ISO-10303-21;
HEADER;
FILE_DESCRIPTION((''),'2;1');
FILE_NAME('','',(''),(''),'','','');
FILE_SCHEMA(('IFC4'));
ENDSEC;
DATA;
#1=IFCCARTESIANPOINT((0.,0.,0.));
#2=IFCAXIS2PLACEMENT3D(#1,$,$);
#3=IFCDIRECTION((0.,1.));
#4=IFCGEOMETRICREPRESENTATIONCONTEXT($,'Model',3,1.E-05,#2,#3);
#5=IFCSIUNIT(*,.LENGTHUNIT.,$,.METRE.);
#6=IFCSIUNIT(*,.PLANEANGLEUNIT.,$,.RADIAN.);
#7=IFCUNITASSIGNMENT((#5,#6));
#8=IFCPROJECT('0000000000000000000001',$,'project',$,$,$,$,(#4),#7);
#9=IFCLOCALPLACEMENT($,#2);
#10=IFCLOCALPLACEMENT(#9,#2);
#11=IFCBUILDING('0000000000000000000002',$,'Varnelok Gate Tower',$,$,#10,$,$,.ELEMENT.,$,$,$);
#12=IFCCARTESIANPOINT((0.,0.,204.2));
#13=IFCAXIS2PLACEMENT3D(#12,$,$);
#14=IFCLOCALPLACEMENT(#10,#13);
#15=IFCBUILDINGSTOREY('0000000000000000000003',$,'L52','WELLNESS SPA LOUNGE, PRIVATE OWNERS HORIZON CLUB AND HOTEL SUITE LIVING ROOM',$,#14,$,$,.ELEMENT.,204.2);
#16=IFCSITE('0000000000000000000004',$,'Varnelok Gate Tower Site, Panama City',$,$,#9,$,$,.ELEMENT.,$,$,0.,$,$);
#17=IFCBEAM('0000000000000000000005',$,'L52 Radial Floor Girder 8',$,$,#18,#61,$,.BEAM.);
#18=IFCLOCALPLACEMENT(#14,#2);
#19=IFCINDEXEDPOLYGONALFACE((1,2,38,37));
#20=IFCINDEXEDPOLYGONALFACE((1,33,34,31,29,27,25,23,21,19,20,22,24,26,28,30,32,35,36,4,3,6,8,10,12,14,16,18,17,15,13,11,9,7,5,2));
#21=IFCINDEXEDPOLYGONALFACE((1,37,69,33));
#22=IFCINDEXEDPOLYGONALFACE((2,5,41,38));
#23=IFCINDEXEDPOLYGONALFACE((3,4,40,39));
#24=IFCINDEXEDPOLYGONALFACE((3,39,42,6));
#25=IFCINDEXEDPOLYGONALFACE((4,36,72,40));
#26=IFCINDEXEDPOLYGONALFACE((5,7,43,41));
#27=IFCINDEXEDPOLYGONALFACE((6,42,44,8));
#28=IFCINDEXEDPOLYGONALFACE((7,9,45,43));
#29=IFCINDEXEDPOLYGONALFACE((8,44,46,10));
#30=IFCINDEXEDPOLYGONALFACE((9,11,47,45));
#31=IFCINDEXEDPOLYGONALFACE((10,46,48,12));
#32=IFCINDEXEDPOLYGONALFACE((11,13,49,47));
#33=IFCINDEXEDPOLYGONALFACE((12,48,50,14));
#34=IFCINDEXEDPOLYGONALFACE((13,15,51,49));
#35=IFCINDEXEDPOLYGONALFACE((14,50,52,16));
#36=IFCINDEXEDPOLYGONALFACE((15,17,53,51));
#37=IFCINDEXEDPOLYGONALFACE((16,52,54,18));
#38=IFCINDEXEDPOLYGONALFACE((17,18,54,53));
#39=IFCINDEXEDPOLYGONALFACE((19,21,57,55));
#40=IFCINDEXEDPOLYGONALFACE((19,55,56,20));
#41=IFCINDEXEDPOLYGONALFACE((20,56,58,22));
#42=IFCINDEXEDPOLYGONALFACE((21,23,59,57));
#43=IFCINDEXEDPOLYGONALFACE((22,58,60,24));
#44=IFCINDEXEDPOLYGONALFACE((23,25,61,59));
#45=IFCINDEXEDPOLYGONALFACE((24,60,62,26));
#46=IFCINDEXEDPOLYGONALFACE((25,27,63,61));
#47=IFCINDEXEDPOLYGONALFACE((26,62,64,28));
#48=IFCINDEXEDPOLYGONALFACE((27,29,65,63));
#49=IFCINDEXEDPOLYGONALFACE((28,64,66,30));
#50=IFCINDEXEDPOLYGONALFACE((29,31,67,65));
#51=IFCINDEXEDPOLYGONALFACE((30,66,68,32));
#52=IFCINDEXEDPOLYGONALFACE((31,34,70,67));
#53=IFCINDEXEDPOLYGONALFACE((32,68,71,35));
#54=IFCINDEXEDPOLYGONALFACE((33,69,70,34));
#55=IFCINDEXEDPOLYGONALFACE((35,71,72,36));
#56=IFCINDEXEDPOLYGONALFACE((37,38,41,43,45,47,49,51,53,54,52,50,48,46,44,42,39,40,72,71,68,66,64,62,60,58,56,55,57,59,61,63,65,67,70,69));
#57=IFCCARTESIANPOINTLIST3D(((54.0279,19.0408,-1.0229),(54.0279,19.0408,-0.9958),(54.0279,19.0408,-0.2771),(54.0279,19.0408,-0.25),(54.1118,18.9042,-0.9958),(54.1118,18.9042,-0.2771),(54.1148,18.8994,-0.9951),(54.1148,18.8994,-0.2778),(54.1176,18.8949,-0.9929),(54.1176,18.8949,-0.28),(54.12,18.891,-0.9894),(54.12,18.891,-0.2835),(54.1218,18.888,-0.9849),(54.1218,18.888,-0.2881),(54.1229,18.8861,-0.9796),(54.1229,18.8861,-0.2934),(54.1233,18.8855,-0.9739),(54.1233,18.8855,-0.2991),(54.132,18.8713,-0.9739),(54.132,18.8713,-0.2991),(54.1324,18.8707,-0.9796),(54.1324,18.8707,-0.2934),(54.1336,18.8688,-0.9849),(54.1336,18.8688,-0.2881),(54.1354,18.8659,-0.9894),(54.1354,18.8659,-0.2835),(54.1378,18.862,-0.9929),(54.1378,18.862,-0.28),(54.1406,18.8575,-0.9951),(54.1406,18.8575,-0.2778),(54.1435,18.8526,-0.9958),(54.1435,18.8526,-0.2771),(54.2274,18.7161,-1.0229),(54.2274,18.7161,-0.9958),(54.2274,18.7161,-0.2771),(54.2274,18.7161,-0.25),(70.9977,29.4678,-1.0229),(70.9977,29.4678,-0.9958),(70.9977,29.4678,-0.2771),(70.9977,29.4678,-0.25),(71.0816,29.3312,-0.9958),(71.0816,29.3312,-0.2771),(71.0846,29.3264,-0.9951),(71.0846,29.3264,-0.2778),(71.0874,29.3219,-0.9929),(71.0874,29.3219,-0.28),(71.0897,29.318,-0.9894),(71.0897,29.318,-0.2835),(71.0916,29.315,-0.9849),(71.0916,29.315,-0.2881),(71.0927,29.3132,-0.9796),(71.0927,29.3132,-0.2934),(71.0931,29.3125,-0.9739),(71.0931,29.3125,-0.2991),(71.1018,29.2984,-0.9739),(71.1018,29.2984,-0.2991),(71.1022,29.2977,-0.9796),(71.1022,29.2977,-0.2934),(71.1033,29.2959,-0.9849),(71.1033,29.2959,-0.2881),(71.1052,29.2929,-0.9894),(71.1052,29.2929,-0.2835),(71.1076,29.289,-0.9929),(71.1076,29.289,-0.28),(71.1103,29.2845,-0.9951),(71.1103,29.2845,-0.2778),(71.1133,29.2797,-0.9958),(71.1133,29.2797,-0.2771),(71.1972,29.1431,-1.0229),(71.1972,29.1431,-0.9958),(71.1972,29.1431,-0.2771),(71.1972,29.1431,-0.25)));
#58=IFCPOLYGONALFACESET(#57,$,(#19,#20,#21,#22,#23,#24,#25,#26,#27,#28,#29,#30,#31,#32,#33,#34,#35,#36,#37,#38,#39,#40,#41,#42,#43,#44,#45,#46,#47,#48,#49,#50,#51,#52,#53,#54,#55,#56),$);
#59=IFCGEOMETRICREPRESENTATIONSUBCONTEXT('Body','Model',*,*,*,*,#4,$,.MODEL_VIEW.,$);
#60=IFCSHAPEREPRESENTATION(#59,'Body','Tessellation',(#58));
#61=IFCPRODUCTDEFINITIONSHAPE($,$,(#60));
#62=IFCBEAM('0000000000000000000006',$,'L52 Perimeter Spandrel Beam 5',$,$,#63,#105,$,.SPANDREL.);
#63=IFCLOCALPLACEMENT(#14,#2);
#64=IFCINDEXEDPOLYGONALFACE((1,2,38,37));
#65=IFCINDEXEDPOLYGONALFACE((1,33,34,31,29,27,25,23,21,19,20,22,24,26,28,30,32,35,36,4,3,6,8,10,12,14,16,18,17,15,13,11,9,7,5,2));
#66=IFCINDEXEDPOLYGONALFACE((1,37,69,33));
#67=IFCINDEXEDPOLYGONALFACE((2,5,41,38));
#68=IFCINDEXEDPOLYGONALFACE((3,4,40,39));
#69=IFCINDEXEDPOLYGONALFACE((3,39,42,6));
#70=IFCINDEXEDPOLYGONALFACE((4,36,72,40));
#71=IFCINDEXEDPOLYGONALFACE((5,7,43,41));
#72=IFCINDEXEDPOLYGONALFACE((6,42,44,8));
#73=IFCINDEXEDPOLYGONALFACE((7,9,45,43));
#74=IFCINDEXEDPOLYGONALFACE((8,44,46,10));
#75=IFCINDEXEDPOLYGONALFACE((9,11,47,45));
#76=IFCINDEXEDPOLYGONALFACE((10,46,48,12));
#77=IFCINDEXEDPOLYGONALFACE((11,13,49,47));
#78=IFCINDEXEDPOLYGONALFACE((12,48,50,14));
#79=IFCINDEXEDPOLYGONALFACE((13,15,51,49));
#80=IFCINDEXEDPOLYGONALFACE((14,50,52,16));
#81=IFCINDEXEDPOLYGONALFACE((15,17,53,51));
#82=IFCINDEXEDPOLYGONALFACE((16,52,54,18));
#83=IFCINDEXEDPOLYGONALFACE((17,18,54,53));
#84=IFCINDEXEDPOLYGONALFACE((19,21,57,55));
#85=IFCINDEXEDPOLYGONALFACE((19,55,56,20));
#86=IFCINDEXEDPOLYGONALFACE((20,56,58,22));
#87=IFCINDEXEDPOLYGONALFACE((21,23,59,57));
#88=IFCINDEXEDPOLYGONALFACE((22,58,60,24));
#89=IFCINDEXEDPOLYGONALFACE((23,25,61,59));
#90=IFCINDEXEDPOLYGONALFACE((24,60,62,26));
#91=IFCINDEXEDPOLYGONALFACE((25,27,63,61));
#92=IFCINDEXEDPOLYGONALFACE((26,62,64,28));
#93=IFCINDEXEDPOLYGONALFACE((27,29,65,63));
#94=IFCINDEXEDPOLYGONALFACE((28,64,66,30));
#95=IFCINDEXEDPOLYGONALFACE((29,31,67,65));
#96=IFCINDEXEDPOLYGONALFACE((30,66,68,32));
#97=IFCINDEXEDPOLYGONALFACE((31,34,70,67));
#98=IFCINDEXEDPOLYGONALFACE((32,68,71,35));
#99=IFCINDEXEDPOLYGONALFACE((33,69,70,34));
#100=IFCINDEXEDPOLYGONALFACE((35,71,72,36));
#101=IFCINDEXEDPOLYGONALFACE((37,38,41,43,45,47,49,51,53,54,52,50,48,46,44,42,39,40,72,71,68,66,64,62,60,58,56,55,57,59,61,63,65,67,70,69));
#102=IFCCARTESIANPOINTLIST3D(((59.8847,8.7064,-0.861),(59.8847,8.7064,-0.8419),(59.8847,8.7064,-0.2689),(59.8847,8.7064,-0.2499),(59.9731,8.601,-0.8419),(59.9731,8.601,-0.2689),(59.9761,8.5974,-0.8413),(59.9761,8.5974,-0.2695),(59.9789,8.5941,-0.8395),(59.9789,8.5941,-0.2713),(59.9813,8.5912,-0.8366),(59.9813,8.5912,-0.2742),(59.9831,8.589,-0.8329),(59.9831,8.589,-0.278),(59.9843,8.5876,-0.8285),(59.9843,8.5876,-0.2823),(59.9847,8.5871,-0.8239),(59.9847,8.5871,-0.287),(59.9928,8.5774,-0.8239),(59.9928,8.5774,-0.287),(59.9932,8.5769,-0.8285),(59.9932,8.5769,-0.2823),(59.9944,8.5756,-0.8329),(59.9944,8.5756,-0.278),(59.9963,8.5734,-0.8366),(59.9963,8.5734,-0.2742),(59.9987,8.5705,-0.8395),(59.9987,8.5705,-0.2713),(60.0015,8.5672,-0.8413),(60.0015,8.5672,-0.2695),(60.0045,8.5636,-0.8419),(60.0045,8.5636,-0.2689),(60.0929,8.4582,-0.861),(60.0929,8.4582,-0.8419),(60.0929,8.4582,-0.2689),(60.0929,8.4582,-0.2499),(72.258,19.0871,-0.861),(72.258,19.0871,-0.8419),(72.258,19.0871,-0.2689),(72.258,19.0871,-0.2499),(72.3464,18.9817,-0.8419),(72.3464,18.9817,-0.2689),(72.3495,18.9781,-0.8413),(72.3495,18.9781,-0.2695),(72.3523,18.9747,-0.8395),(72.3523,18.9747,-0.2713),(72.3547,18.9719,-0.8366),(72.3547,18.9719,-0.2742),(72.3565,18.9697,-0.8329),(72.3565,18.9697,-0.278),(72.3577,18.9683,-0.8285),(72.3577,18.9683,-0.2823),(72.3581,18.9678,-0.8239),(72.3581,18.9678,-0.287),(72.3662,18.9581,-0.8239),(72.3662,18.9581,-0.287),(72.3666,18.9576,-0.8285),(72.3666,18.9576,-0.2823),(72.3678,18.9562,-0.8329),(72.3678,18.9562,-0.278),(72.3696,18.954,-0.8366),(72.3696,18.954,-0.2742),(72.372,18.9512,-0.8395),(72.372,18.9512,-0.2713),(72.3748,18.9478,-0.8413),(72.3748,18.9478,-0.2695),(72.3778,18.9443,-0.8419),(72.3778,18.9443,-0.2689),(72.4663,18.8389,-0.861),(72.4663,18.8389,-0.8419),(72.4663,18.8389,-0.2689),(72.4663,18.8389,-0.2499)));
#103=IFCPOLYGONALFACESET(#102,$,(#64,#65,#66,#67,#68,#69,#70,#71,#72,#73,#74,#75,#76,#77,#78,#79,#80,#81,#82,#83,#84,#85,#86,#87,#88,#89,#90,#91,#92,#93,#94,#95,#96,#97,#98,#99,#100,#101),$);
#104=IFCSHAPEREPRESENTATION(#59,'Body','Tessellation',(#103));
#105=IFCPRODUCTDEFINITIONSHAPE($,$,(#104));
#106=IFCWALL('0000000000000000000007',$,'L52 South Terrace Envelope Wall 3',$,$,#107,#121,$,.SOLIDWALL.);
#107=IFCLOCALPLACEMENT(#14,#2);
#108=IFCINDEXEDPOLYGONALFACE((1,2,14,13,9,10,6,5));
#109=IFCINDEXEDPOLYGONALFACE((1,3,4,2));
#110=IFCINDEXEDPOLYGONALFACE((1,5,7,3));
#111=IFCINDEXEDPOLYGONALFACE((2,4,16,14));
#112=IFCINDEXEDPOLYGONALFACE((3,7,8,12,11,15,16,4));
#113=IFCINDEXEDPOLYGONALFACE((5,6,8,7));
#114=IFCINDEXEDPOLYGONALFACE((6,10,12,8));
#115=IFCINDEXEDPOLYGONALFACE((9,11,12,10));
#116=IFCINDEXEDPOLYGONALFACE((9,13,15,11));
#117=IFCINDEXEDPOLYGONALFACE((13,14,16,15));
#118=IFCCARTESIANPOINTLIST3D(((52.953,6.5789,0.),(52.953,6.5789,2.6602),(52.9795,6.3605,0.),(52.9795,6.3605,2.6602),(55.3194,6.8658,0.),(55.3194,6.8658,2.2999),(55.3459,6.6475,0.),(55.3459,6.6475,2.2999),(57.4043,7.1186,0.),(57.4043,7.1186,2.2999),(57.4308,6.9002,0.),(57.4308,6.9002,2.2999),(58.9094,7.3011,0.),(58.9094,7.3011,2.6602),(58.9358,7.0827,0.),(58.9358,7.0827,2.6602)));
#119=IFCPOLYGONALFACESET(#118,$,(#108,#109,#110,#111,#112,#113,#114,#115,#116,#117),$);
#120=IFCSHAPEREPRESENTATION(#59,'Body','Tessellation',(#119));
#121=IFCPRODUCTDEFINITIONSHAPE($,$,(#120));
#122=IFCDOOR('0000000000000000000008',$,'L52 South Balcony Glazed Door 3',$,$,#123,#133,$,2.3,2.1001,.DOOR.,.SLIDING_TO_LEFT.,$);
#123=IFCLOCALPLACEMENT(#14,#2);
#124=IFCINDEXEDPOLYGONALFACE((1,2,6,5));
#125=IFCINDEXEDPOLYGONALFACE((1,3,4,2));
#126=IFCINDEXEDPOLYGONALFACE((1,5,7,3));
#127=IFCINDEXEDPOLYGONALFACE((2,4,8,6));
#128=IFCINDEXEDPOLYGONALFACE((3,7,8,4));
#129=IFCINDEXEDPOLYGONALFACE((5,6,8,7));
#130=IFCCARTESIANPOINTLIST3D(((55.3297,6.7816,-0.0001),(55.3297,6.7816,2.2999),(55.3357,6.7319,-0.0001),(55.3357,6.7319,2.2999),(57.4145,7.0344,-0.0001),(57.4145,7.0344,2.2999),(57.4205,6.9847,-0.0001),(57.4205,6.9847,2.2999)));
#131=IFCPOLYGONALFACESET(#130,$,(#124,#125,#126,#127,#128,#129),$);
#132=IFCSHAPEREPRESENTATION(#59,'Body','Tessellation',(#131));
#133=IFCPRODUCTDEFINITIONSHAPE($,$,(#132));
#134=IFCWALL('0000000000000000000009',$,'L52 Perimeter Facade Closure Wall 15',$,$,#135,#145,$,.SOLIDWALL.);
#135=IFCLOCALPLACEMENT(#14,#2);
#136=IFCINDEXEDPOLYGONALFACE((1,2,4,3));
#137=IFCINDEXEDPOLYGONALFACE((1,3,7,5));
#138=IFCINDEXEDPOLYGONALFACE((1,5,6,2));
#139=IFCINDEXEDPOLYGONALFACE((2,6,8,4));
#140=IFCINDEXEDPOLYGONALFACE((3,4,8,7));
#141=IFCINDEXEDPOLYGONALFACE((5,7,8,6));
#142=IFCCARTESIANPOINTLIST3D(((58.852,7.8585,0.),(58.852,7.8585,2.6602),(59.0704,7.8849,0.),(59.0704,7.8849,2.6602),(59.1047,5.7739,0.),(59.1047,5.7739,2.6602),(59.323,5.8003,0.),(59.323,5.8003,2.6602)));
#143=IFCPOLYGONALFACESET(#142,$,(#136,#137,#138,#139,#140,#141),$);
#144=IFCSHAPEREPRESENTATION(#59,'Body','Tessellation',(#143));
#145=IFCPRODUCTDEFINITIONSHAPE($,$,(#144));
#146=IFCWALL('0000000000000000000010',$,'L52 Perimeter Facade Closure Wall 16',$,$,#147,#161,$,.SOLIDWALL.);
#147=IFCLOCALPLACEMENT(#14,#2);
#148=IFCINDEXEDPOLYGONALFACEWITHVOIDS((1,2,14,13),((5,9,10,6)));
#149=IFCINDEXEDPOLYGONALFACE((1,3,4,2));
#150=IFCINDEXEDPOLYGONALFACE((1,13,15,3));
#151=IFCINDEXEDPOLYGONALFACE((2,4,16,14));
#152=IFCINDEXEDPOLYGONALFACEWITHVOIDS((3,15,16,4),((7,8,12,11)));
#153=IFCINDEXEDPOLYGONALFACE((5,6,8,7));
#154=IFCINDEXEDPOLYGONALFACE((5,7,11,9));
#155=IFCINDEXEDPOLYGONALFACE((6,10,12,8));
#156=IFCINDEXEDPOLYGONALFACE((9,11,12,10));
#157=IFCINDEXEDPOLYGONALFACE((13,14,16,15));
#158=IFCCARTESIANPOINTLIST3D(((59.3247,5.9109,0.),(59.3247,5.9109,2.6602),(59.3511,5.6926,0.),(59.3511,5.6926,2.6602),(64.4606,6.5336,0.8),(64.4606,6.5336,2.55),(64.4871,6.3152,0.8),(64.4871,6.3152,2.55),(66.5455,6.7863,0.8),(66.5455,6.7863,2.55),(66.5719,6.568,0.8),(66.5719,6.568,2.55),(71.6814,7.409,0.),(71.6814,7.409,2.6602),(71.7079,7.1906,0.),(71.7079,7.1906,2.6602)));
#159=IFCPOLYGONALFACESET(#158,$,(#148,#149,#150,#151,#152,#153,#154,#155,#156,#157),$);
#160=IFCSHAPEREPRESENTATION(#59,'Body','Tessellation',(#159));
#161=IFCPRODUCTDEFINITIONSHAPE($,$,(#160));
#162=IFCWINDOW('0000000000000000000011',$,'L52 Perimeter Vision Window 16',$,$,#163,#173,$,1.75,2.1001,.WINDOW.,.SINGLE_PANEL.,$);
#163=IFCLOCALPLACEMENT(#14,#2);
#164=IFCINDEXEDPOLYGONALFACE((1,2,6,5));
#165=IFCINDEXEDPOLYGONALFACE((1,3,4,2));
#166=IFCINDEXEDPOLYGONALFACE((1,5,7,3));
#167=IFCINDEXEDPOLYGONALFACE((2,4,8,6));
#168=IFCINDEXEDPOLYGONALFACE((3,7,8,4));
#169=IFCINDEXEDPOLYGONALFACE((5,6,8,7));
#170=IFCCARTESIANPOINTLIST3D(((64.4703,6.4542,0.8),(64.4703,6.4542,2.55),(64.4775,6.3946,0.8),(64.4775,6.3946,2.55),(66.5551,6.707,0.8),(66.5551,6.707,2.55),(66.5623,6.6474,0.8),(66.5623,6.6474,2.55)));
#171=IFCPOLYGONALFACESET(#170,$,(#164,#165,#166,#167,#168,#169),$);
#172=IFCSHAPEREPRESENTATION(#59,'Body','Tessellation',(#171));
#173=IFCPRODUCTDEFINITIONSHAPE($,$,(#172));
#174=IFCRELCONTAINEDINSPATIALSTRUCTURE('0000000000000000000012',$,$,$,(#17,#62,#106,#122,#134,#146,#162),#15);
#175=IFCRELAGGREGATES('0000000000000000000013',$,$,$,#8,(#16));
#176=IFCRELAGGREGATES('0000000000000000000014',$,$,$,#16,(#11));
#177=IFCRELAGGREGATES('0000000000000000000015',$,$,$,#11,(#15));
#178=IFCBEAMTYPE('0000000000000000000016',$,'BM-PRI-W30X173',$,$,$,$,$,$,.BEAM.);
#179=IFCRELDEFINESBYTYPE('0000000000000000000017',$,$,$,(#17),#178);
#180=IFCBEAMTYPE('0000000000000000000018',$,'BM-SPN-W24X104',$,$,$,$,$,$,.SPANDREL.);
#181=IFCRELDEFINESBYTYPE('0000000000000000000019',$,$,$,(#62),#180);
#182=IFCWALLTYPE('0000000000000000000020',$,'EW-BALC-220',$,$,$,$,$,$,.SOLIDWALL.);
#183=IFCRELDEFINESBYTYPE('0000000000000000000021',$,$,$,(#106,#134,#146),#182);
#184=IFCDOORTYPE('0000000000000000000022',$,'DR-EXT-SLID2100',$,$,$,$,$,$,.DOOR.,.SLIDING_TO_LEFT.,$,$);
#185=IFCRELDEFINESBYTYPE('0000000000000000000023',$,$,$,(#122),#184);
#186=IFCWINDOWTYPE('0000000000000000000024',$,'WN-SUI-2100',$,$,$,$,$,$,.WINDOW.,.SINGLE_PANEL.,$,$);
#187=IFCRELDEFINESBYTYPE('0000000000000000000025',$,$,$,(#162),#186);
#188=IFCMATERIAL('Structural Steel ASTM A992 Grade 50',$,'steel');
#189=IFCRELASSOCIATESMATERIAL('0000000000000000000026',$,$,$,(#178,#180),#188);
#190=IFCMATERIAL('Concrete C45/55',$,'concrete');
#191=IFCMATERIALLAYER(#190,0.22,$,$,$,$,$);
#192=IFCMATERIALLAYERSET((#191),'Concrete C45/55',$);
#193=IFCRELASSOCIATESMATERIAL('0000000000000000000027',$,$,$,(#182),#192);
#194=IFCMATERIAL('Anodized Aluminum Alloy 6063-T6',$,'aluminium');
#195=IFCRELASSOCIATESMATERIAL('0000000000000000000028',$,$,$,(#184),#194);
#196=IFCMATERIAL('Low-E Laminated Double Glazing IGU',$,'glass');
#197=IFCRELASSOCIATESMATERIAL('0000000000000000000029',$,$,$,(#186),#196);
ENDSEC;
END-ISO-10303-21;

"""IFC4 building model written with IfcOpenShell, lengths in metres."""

from ifc_helpers import new_model, si_unit, direction, frame, frame_2d, origin, origin_2d, place, context, subcontext, project, spatial, rectangle, i_section, extrude, material, layer, layer_set, material_profile, profile_set, type_object, element, fill, save


model = new_model("IFC4")

# Units and contexts
model_context = context("Model", 3, precision=1e-05, world=origin(), true_north=direction((0.0, 1.0)))
body_context = subcontext(model_context, "Body", "Model", "MODEL_VIEW")
ifc_project = project(units=[si_unit("LENGTHUNIT", "METRE"), si_unit("PLANEANGLEUNIT", "RADIAN")], contexts=[model_context])

# Site, building, storey
site_placement = place(None, origin())
site = spatial("IfcSite", under=ifc_project, at=site_placement, Name="Varnelok Gate Tower Site, Panama City", CompositionType="ELEMENT", RefElevation=0.0)
building_placement = place(site_placement, origin())
building = spatial("IfcBuilding", under=site, at=building_placement, Name="Varnelok Gate Tower", CompositionType="ELEMENT")
storey_placement = place(building_placement, frame((0.0, 0.0, 204.2)))
storey = spatial("IfcBuildingStorey", under=building, at=storey_placement, Name="L52", Description="WELLNESS SPA LOUNGE, PRIVATE OWNERS HORIZON CLUB AND HOTEL SUITE LIVING ROOM", CompositionType="ELEMENT", Elevation=204.2)

# Shared definitions
ifc_material_1 = material(Name="Structural Steel ASTM A992 Grade 50", Category="steel")

# Beams
ifc_material_profile_1 = material_profile(ifc_material_1, i_section(OverallWidth=0.3811, OverallDepth=0.7729, WebThickness=0.0166, FlangeThickness=0.0271, FilletRadius=0.022, at=origin_2d()), Name="W30X173")
ifc_profile_set_1 = profile_set([ifc_material_profile_1], Name="Structural Steel ASTM A992 Grade 50")
beam_type_1 = type_object("IfcBeamType", Name="BM-PRI-W30X173", PredefinedType="BEAM", material=ifc_profile_set_1)
beam_1_placement = place(storey_placement, frame((54.1277, 18.8784, -0.6365), z_axis=(0.852015, 0.523518, 0.0), x_axis=(-0.523518, 0.852015, 0.0)))
element("IfcBeam", 1, at=beam_1_placement, inside=storey, type_object=beam_type_1, Name="L52 Radial Floor Girder 8", PredefinedType="BEAM", context=body_context, shape_type="SweptSolid", body=[
    extrude(i_section(OverallWidth=0.3811, OverallDepth=0.7729, WebThickness=0.0166, FlangeThickness=0.0271, FilletRadius=0.022, at=origin_2d()), origin(), (0.0, 0.0, 1.0), 19.9172),
])
ifc_material_profile_2 = material_profile(ifc_material_1, i_section(OverallWidth=0.324, OverallDepth=0.6111, WebThickness=0.0127, FlangeThickness=0.019, FilletRadius=0.0181, at=origin_2d()), Name="W24X104")
ifc_profile_set_2 = profile_set([ifc_material_profile_2], Name="Structural Steel ASTM A992 Grade 50")
beam_type_2 = type_object("IfcBeamType", Name="BM-SPN-W24X104", PredefinedType="SPANDREL", material=ifc_profile_set_2)
beam_2_placement = place(storey_placement, frame((59.9888, 8.5823, -0.5554), z_axis=(0.7661, 0.642722, 0.0), x_axis=(-0.642722, 0.7661, 0.0)))
element("IfcBeam", 2, at=beam_2_placement, inside=storey, type_object=beam_type_2, Name="L52 Perimeter Spandrel Beam 5", PredefinedType="SPANDREL", context=body_context, shape_type="SweptSolid", body=[
    extrude(i_section(OverallWidth=0.324, OverallDepth=0.6111, WebThickness=0.0127, FlangeThickness=0.019, FilletRadius=0.0181, at=origin_2d()), origin(), (0.0, 0.0, 1.0), 16.1511),
])

# Wall, opening, door
ifc_material_2 = material(Name="Concrete C45/55", Category="concrete")
ifc_layer_1 = layer(ifc_material_2, 0.22)
ifc_layer_set_1 = layer_set([ifc_layer_1], Name="Concrete C45/55")
wall_type_1 = type_object("IfcWallType", Name="EW-BALC-220", PredefinedType="SOLIDWALL", material=ifc_layer_set_1)
wall_1_placement = place(storey_placement, frame((58.9226, 7.1919, 0.0), z_axis=(0.0, 0.0, 1.0), x_axis=(-0.99273, -0.120363, 0.0)))
wall_1 = element("IfcWall", 3, at=wall_1_placement, inside=storey, type_object=wall_type_1, Name="L52 South Terrace Envelope Wall 3", PredefinedType="SOLIDWALL", context=body_context, shape_type="SweptSolid", body=[
    extrude(rectangle(XDim=6.0, YDim=0.22, at=frame_2d((3.0, 0.0))), origin(), (0.0, 0.0, 1.0), 2.6602),
])
opening_1_placement = place(wall_1_placement, frame((1.5161, 0.0, 0.0)))
opening_1 = element("IfcOpeningElement", 4, at=opening_1_placement, cuts=wall_1, PredefinedType="OPENING", context=body_context, shape_type="SweptSolid", body=[
    extrude(rectangle(XDim=2.1001, YDim=2.3, at=frame_2d((1.05, 1.1499))), frame((0.0, 0.1199, 0.0), z_axis=(0.0, -1.0, 0.0), x_axis=(1.0, 0.0, 0.0)), (0.0, 0.0, 1.0), 0.24),
])
ifc_material_3 = material(Name="Anodized Aluminum Alloy 6063-T6", Category="aluminium")
door_type_1 = type_object("IfcDoorType", Name="DR-EXT-SLID2100", OperationType="SLIDING_TO_LEFT", PredefinedType="DOOR", material=ifc_material_3)
door_1_placement = place(opening_1_placement, origin())
door_1 = element("IfcDoor", 5, at=door_1_placement, inside=storey, type_object=door_type_1, Name="L52 South Balcony Glazed Door 3", OperationType="SLIDING_TO_LEFT", OverallHeight=2.3, OverallWidth=2.1001, PredefinedType="DOOR", context=body_context, shape_type="SweptSolid", body=[
    extrude(rectangle(XDim=2.1001, YDim=2.3, at=frame_2d((1.05, 1.1499))), frame((0.0, 0.0249, 0.0), z_axis=(0.0, -1.0, 0.0), x_axis=(1.0, 0.0, 0.0)), (0.0, 0.0, 1.0), 0.05),
])
fill(opening_1, door_1)

# Wall
wall_2_placement = place(storey_placement, frame((58.9612, 7.8716, 0.0), z_axis=(0.0, 0.0, 1.0), x_axis=(0.120328, -0.992734, 0.0)))
element("IfcWall", 6, at=wall_2_placement, inside=storey, type_object=wall_type_1, Name="L52 Perimeter Facade Closure Wall 15", PredefinedType="SOLIDWALL", context=body_context, shape_type="SweptSolid", body=[
    extrude(rectangle(XDim=2.0999, YDim=0.22, at=frame_2d((1.0498, 0.0))), origin(), (0.0, 0.0, 1.0), 2.6602),
])

# Wall, opening, window
wall_3_placement = place(storey_placement, frame((59.3379, 5.8018, 0.0), z_axis=(0.0, 0.0, 1.0), x_axis=(0.992731, 0.120352, 0.0)))
wall_3 = element("IfcWall", 7, at=wall_3_placement, inside=storey, type_object=wall_type_1, Name="L52 Perimeter Facade Closure Wall 16", PredefinedType="SOLIDWALL", context=body_context, shape_type="SweptSolid", body=[
    extrude(rectangle(XDim=12.4473, YDim=0.22, at=frame_2d((6.2236, 0.0))), origin(), (0.0, 0.0, 1.0), 2.6602),
])
opening_2_placement = place(wall_3_placement, frame((5.1736, 0.0, 0.8)))
opening_2 = element("IfcOpeningElement", 8, at=opening_2_placement, cuts=wall_3, PredefinedType="OPENING", context=body_context, shape_type="SweptSolid", body=[
    extrude(rectangle(XDim=2.1001, YDim=1.75, at=frame_2d((1.05, 0.875))), frame((0.0, 0.1199, 0.0), z_axis=(0.0, -1.0, 0.0), x_axis=(1.0, 0.0, 0.0)), (0.0, 0.0, 1.0), 0.24),
])
ifc_material_4 = material(Name="Low-E Laminated Double Glazing IGU", Category="glass")
window_type = type_object("IfcWindowType", Name="WN-SUI-2100", PartitioningType="SINGLE_PANEL", PredefinedType="WINDOW", material=ifc_material_4)
window_placement = place(opening_2_placement, origin())
window = element("IfcWindow", 9, at=window_placement, inside=storey, type_object=window_type, Name="L52 Perimeter Vision Window 16", OverallHeight=1.75, OverallWidth=2.1001, PartitioningType="SINGLE_PANEL", PredefinedType="WINDOW", context=body_context, shape_type="SweptSolid", body=[
    extrude(rectangle(XDim=2.1001, YDim=1.75, at=frame_2d((1.05, 0.875))), frame((0.0, 0.03, 0.0), z_axis=(0.0, -1.0, 0.0), x_axis=(1.0, 0.0, 0.0)), (0.0, 0.0, 1.0), 0.0601),
])
fill(opening_2, window)

save(model, "model.ifc")
